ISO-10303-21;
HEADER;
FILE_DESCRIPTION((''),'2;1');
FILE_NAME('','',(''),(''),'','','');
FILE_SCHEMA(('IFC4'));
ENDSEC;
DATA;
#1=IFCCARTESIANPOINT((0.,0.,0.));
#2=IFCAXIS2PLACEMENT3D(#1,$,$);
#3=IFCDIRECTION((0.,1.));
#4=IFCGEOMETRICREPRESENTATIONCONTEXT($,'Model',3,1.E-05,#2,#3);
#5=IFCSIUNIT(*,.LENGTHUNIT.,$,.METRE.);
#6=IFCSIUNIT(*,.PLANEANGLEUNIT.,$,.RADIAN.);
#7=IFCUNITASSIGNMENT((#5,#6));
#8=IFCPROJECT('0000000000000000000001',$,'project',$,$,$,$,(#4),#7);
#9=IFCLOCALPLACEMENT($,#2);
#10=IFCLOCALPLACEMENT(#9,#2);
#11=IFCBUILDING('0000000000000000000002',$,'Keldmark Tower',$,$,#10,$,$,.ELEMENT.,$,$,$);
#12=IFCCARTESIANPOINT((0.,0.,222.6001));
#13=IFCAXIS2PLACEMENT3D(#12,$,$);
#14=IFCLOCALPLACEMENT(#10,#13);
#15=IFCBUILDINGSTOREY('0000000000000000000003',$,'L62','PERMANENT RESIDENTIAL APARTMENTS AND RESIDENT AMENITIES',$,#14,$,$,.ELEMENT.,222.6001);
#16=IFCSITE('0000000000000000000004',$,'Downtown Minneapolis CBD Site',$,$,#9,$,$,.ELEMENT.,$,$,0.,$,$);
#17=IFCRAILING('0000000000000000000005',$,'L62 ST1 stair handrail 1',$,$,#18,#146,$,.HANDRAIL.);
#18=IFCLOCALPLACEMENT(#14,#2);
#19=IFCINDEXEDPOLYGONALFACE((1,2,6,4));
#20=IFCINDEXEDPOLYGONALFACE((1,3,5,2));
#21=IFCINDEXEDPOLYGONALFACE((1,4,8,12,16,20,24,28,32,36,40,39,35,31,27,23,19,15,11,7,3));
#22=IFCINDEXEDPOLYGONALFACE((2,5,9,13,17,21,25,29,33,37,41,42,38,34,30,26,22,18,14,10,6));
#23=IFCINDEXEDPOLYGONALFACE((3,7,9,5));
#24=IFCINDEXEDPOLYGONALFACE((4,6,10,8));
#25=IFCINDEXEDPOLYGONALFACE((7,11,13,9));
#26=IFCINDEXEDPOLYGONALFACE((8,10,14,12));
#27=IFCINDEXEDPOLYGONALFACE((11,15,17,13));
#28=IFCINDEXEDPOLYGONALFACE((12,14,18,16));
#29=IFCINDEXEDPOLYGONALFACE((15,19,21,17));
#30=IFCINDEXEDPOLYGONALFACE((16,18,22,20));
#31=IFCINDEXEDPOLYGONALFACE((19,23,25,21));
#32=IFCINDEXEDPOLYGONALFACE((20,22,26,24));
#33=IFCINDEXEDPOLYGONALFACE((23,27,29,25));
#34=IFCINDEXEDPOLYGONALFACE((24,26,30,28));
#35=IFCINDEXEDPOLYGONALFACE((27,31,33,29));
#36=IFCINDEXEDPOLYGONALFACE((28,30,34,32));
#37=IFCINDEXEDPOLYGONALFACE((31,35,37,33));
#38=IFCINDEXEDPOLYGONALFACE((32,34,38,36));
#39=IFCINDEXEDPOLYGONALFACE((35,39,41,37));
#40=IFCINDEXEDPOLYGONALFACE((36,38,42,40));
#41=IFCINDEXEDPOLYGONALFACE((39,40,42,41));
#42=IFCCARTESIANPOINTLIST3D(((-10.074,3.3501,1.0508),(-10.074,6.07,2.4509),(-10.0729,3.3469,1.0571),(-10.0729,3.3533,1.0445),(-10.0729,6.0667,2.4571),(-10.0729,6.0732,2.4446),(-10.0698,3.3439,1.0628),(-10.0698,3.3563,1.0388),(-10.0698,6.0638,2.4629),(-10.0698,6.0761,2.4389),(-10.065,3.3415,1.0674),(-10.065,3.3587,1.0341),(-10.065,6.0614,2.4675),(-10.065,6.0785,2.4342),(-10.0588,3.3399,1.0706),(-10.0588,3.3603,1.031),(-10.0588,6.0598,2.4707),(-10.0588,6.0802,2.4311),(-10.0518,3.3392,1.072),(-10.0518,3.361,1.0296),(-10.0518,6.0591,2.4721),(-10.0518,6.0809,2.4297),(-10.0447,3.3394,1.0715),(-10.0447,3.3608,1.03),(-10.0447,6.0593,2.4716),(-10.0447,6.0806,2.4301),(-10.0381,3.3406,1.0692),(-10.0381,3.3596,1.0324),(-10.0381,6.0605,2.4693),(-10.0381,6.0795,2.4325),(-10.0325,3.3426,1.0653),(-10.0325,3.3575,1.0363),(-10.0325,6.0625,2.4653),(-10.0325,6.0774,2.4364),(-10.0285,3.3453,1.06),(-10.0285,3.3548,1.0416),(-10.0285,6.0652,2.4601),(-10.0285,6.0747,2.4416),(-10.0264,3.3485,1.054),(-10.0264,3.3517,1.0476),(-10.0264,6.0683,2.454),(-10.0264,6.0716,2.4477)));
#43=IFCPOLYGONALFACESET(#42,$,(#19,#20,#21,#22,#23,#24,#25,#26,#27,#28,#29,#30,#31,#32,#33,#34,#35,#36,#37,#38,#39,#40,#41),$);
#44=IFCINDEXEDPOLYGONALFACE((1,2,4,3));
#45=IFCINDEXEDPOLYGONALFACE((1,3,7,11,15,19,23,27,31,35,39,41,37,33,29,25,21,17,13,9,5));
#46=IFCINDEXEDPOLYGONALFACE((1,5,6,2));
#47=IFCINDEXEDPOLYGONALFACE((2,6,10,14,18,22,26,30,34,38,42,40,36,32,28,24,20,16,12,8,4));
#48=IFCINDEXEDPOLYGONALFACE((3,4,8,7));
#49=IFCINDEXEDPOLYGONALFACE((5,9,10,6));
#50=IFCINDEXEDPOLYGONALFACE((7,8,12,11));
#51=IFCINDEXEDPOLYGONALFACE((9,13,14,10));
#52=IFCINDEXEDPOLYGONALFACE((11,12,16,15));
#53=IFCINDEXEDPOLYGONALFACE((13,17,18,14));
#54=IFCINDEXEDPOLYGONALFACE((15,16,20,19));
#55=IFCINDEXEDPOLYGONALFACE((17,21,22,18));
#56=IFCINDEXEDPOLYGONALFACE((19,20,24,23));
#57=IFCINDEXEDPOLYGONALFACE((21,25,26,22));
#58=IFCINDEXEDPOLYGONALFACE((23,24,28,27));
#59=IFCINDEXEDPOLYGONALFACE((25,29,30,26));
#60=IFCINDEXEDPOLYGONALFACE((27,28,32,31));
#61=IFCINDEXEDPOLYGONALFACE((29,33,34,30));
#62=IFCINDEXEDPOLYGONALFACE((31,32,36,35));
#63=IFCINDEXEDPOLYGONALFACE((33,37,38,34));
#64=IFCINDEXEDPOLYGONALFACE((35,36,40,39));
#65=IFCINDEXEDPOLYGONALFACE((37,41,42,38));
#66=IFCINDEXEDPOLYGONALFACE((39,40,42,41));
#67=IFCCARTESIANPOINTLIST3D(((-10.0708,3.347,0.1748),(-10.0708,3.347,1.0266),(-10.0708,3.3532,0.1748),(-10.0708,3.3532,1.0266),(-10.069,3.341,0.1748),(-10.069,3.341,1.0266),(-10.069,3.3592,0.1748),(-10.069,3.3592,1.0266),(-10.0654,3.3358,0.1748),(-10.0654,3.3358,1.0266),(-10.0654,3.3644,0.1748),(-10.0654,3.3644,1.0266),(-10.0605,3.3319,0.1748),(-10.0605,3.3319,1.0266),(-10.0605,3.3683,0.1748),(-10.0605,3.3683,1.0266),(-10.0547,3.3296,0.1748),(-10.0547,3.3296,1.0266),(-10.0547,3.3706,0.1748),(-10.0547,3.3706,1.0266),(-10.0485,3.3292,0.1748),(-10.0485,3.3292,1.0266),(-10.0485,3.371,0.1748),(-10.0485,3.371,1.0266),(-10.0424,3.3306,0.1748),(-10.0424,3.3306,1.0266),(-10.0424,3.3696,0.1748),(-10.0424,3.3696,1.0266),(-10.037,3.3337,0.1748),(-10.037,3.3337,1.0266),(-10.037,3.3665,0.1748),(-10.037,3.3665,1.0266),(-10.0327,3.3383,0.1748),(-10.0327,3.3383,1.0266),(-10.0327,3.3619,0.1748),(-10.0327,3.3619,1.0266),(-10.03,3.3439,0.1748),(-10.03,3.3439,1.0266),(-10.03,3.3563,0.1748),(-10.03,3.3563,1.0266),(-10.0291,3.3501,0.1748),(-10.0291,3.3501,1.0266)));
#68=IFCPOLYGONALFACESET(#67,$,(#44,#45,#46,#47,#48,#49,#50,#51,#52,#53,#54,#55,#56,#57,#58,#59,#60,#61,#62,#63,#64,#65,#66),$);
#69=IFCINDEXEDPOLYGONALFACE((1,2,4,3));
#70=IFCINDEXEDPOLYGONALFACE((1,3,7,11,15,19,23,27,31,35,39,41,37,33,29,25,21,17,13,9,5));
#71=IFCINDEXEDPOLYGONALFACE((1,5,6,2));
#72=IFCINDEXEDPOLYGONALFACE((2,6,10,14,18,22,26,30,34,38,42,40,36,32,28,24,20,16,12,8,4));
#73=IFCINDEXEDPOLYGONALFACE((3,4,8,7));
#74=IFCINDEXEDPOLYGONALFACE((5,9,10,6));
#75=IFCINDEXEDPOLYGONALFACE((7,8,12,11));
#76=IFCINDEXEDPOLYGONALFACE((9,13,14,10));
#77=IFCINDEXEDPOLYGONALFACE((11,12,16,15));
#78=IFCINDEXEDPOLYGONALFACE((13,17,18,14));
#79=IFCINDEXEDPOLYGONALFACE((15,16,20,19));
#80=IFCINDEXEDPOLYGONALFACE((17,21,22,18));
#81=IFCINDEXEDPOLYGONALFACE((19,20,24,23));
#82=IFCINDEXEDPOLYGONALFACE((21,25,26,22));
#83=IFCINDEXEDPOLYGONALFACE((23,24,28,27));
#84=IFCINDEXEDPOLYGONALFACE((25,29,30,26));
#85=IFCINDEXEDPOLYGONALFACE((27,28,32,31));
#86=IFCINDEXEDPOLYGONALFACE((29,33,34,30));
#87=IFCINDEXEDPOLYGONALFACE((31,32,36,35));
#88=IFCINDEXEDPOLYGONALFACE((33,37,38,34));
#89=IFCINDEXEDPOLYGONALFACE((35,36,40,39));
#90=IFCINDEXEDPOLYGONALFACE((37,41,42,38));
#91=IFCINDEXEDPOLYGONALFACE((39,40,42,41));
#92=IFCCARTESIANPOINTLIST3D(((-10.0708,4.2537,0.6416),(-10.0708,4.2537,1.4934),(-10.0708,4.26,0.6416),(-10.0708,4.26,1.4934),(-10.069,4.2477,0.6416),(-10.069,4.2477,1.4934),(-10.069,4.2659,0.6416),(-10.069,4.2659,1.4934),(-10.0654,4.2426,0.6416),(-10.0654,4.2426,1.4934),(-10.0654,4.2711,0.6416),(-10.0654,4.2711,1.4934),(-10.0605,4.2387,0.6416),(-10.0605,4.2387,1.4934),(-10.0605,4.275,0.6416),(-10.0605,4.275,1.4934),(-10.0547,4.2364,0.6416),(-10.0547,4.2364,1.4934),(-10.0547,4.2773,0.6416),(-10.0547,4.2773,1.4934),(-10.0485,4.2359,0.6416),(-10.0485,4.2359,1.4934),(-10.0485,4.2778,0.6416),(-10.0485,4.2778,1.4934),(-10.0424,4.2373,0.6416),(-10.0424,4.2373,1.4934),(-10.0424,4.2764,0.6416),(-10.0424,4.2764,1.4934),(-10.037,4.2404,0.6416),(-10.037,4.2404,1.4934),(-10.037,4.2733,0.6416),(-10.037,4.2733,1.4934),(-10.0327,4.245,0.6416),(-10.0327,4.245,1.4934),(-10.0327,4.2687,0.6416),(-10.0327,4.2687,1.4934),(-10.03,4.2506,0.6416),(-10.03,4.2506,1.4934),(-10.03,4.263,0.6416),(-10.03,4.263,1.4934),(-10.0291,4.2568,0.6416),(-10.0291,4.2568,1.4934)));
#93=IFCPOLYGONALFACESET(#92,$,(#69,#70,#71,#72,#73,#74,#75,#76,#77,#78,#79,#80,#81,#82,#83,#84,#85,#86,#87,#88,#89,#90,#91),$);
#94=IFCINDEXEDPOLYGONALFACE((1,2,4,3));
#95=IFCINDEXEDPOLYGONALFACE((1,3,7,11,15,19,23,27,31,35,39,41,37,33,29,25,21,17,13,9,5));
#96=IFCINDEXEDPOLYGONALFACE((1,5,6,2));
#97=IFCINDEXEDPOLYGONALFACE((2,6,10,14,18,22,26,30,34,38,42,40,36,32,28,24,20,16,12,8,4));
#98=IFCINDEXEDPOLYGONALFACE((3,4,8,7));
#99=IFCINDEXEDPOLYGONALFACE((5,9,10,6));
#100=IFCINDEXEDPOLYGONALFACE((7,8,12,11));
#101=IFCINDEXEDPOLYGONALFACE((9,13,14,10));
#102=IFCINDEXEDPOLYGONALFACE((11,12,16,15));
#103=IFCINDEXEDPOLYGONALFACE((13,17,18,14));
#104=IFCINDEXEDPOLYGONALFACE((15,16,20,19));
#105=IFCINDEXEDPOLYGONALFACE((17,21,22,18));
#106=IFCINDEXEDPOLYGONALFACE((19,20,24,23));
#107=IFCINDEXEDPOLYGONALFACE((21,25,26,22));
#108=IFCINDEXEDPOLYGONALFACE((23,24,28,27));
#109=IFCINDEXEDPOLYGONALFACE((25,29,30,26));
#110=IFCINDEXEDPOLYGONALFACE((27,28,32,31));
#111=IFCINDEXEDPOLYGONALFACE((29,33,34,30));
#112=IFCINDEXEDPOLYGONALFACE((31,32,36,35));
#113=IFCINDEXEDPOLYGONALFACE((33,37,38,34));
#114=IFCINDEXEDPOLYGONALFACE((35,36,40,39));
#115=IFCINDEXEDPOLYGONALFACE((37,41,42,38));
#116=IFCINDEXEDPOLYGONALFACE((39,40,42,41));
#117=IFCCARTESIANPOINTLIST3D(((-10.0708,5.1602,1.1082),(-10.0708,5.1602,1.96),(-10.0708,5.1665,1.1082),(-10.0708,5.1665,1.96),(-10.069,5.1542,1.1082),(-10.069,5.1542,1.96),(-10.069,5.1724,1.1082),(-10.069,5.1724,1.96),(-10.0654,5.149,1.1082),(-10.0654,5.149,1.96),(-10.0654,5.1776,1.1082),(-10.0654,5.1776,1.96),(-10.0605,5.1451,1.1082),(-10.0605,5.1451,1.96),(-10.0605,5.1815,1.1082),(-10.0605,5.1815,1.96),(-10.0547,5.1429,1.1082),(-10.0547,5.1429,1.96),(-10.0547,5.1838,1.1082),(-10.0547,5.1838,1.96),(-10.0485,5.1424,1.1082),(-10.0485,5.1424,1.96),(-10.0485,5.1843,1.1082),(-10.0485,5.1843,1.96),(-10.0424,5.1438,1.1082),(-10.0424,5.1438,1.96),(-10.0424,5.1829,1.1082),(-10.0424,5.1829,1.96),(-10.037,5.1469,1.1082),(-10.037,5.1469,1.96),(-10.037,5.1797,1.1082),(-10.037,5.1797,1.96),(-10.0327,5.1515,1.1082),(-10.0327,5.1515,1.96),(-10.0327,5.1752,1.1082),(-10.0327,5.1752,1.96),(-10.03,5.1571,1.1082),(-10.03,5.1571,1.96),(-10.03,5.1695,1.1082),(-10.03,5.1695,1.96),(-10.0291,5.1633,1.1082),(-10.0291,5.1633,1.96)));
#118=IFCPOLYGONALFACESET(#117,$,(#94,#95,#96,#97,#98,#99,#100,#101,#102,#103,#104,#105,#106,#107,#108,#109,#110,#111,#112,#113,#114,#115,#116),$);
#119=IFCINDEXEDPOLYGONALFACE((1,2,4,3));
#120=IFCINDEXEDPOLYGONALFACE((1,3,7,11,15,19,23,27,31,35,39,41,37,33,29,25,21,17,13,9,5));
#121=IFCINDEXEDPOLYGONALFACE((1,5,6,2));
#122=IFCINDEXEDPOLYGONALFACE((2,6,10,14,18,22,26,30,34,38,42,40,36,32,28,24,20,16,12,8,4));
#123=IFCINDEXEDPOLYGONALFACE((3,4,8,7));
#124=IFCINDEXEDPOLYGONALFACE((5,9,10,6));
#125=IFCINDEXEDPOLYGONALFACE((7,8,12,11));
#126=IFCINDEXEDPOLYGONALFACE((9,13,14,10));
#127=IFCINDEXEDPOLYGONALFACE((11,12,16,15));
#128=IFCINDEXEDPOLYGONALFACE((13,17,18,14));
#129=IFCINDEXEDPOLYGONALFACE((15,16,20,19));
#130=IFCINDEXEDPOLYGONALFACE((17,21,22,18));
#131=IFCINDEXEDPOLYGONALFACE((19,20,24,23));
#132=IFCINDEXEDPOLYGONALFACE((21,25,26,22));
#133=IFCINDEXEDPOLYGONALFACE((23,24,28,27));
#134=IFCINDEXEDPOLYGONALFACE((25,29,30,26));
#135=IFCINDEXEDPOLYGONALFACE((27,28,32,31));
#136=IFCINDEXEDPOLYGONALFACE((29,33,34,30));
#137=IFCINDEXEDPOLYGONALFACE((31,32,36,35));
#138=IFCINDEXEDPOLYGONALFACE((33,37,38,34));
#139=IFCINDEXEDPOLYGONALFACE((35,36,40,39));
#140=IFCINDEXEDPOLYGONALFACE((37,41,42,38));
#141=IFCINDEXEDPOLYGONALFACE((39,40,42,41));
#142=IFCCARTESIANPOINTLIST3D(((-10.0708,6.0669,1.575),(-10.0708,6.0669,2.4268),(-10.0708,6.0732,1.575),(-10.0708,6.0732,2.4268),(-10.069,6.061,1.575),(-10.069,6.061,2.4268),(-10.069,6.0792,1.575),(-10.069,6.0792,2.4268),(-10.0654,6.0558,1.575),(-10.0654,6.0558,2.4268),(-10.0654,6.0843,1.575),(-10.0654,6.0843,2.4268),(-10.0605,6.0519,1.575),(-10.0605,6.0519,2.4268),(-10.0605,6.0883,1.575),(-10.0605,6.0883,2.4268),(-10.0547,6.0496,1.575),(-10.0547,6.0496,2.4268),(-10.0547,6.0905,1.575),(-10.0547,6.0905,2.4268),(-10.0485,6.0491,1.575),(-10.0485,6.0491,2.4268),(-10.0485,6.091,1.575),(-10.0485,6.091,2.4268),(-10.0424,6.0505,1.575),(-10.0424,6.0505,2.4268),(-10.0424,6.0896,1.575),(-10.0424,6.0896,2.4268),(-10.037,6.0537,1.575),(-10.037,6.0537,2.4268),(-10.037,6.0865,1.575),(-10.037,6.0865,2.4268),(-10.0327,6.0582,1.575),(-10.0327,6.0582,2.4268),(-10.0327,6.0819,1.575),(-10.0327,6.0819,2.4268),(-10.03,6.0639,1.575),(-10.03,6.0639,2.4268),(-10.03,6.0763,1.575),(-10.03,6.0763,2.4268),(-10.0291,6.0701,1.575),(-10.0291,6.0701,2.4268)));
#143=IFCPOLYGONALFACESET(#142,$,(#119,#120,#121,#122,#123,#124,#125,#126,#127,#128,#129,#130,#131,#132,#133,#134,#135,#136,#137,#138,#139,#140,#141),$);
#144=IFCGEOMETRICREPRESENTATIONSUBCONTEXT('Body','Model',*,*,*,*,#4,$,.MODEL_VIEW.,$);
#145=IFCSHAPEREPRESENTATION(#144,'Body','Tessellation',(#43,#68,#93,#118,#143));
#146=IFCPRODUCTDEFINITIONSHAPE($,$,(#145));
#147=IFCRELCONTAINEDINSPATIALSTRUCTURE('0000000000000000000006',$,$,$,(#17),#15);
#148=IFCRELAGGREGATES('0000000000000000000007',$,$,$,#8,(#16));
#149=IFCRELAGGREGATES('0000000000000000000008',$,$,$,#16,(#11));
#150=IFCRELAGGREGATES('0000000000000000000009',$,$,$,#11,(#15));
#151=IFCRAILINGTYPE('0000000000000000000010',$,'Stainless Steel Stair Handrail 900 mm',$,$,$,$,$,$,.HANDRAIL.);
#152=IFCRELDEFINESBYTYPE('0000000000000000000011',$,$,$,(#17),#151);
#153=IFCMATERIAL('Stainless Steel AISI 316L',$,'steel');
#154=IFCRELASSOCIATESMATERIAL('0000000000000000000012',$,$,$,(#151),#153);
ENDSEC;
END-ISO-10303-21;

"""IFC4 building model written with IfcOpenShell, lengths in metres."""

from ifc_helpers import new_model, si_unit, direction, frame, origin, origin_2d, place, context, subcontext, project, spatial, circle, extrude, material, type_object, element, save


model = new_model("IFC4")

# Units and contexts
model_context = context("Model", 3, precision=1e-05, world=origin(), true_north=direction((0.0, 1.0)))
body_context = subcontext(model_context, "Body", "Model", "MODEL_VIEW")
ifc_project = project(units=[si_unit("LENGTHUNIT", "METRE"), si_unit("PLANEANGLEUNIT", "RADIAN")], contexts=[model_context])

# Site, building, storey
site_placement = place(None, origin())
site = spatial("IfcSite", under=ifc_project, at=site_placement, Name="Downtown Minneapolis CBD Site", CompositionType="ELEMENT", RefElevation=0.0)
building_placement = place(site_placement, origin())
building = spatial("IfcBuilding", under=site, at=building_placement, Name="Keldmark Tower", CompositionType="ELEMENT")
storey_placement = place(building_placement, frame((0.0, 0.0, 222.6001)))
storey = spatial("IfcBuildingStorey", under=building, at=storey_placement, Name="L62", Description="PERMANENT RESIDENTIAL APARTMENTS AND RESIDENT AMENITIES", CompositionType="ELEMENT", Elevation=222.6001)

# Railing
ifc_material_1 = material(Name="Stainless Steel AISI 316L", Category="steel")
railing_type = type_object("IfcRailingType", Name="Stainless Steel Stair Handrail 900 mm", PredefinedType="HANDRAIL", material=ifc_material_1)
railing_placement = place(storey_placement, frame((-10.05, 3.3501, 0.1748)))
element("IfcRailing", 1, at=railing_placement, inside=storey, type_object=railing_type, Name="L62 ST1 stair handrail 1", PredefinedType="HANDRAIL", context=body_context, shape_type="SweptSolid", body=[
    extrude(circle(Radius=0.0239, at=origin_2d()), frame((0.0, 0.0, 0.876), z_axis=(0.0, 0.889114, 0.457685), x_axis=(-1.0, 0.0, 0.0)), (0.0, 0.0, 1.0), 3.0591),
    extrude(circle(Radius=0.021, at=origin_2d()), origin(), (0.0, 0.0, 1.0), 0.8518),
    extrude(circle(Radius=0.021, at=origin_2d()), frame((0.0, 0.9067, 0.4668)), (0.0, 0.0, 1.0), 0.8518),
    extrude(circle(Radius=0.021, at=origin_2d()), frame((0.0, 1.8132, 0.9333)), (0.0, 0.0, 1.0), 0.8518),
    extrude(circle(Radius=0.021, at=origin_2d()), frame((0.0, 2.72, 1.4001)), (0.0, 0.0, 1.0), 0.8518),
])

save(model, "model.ifc")
